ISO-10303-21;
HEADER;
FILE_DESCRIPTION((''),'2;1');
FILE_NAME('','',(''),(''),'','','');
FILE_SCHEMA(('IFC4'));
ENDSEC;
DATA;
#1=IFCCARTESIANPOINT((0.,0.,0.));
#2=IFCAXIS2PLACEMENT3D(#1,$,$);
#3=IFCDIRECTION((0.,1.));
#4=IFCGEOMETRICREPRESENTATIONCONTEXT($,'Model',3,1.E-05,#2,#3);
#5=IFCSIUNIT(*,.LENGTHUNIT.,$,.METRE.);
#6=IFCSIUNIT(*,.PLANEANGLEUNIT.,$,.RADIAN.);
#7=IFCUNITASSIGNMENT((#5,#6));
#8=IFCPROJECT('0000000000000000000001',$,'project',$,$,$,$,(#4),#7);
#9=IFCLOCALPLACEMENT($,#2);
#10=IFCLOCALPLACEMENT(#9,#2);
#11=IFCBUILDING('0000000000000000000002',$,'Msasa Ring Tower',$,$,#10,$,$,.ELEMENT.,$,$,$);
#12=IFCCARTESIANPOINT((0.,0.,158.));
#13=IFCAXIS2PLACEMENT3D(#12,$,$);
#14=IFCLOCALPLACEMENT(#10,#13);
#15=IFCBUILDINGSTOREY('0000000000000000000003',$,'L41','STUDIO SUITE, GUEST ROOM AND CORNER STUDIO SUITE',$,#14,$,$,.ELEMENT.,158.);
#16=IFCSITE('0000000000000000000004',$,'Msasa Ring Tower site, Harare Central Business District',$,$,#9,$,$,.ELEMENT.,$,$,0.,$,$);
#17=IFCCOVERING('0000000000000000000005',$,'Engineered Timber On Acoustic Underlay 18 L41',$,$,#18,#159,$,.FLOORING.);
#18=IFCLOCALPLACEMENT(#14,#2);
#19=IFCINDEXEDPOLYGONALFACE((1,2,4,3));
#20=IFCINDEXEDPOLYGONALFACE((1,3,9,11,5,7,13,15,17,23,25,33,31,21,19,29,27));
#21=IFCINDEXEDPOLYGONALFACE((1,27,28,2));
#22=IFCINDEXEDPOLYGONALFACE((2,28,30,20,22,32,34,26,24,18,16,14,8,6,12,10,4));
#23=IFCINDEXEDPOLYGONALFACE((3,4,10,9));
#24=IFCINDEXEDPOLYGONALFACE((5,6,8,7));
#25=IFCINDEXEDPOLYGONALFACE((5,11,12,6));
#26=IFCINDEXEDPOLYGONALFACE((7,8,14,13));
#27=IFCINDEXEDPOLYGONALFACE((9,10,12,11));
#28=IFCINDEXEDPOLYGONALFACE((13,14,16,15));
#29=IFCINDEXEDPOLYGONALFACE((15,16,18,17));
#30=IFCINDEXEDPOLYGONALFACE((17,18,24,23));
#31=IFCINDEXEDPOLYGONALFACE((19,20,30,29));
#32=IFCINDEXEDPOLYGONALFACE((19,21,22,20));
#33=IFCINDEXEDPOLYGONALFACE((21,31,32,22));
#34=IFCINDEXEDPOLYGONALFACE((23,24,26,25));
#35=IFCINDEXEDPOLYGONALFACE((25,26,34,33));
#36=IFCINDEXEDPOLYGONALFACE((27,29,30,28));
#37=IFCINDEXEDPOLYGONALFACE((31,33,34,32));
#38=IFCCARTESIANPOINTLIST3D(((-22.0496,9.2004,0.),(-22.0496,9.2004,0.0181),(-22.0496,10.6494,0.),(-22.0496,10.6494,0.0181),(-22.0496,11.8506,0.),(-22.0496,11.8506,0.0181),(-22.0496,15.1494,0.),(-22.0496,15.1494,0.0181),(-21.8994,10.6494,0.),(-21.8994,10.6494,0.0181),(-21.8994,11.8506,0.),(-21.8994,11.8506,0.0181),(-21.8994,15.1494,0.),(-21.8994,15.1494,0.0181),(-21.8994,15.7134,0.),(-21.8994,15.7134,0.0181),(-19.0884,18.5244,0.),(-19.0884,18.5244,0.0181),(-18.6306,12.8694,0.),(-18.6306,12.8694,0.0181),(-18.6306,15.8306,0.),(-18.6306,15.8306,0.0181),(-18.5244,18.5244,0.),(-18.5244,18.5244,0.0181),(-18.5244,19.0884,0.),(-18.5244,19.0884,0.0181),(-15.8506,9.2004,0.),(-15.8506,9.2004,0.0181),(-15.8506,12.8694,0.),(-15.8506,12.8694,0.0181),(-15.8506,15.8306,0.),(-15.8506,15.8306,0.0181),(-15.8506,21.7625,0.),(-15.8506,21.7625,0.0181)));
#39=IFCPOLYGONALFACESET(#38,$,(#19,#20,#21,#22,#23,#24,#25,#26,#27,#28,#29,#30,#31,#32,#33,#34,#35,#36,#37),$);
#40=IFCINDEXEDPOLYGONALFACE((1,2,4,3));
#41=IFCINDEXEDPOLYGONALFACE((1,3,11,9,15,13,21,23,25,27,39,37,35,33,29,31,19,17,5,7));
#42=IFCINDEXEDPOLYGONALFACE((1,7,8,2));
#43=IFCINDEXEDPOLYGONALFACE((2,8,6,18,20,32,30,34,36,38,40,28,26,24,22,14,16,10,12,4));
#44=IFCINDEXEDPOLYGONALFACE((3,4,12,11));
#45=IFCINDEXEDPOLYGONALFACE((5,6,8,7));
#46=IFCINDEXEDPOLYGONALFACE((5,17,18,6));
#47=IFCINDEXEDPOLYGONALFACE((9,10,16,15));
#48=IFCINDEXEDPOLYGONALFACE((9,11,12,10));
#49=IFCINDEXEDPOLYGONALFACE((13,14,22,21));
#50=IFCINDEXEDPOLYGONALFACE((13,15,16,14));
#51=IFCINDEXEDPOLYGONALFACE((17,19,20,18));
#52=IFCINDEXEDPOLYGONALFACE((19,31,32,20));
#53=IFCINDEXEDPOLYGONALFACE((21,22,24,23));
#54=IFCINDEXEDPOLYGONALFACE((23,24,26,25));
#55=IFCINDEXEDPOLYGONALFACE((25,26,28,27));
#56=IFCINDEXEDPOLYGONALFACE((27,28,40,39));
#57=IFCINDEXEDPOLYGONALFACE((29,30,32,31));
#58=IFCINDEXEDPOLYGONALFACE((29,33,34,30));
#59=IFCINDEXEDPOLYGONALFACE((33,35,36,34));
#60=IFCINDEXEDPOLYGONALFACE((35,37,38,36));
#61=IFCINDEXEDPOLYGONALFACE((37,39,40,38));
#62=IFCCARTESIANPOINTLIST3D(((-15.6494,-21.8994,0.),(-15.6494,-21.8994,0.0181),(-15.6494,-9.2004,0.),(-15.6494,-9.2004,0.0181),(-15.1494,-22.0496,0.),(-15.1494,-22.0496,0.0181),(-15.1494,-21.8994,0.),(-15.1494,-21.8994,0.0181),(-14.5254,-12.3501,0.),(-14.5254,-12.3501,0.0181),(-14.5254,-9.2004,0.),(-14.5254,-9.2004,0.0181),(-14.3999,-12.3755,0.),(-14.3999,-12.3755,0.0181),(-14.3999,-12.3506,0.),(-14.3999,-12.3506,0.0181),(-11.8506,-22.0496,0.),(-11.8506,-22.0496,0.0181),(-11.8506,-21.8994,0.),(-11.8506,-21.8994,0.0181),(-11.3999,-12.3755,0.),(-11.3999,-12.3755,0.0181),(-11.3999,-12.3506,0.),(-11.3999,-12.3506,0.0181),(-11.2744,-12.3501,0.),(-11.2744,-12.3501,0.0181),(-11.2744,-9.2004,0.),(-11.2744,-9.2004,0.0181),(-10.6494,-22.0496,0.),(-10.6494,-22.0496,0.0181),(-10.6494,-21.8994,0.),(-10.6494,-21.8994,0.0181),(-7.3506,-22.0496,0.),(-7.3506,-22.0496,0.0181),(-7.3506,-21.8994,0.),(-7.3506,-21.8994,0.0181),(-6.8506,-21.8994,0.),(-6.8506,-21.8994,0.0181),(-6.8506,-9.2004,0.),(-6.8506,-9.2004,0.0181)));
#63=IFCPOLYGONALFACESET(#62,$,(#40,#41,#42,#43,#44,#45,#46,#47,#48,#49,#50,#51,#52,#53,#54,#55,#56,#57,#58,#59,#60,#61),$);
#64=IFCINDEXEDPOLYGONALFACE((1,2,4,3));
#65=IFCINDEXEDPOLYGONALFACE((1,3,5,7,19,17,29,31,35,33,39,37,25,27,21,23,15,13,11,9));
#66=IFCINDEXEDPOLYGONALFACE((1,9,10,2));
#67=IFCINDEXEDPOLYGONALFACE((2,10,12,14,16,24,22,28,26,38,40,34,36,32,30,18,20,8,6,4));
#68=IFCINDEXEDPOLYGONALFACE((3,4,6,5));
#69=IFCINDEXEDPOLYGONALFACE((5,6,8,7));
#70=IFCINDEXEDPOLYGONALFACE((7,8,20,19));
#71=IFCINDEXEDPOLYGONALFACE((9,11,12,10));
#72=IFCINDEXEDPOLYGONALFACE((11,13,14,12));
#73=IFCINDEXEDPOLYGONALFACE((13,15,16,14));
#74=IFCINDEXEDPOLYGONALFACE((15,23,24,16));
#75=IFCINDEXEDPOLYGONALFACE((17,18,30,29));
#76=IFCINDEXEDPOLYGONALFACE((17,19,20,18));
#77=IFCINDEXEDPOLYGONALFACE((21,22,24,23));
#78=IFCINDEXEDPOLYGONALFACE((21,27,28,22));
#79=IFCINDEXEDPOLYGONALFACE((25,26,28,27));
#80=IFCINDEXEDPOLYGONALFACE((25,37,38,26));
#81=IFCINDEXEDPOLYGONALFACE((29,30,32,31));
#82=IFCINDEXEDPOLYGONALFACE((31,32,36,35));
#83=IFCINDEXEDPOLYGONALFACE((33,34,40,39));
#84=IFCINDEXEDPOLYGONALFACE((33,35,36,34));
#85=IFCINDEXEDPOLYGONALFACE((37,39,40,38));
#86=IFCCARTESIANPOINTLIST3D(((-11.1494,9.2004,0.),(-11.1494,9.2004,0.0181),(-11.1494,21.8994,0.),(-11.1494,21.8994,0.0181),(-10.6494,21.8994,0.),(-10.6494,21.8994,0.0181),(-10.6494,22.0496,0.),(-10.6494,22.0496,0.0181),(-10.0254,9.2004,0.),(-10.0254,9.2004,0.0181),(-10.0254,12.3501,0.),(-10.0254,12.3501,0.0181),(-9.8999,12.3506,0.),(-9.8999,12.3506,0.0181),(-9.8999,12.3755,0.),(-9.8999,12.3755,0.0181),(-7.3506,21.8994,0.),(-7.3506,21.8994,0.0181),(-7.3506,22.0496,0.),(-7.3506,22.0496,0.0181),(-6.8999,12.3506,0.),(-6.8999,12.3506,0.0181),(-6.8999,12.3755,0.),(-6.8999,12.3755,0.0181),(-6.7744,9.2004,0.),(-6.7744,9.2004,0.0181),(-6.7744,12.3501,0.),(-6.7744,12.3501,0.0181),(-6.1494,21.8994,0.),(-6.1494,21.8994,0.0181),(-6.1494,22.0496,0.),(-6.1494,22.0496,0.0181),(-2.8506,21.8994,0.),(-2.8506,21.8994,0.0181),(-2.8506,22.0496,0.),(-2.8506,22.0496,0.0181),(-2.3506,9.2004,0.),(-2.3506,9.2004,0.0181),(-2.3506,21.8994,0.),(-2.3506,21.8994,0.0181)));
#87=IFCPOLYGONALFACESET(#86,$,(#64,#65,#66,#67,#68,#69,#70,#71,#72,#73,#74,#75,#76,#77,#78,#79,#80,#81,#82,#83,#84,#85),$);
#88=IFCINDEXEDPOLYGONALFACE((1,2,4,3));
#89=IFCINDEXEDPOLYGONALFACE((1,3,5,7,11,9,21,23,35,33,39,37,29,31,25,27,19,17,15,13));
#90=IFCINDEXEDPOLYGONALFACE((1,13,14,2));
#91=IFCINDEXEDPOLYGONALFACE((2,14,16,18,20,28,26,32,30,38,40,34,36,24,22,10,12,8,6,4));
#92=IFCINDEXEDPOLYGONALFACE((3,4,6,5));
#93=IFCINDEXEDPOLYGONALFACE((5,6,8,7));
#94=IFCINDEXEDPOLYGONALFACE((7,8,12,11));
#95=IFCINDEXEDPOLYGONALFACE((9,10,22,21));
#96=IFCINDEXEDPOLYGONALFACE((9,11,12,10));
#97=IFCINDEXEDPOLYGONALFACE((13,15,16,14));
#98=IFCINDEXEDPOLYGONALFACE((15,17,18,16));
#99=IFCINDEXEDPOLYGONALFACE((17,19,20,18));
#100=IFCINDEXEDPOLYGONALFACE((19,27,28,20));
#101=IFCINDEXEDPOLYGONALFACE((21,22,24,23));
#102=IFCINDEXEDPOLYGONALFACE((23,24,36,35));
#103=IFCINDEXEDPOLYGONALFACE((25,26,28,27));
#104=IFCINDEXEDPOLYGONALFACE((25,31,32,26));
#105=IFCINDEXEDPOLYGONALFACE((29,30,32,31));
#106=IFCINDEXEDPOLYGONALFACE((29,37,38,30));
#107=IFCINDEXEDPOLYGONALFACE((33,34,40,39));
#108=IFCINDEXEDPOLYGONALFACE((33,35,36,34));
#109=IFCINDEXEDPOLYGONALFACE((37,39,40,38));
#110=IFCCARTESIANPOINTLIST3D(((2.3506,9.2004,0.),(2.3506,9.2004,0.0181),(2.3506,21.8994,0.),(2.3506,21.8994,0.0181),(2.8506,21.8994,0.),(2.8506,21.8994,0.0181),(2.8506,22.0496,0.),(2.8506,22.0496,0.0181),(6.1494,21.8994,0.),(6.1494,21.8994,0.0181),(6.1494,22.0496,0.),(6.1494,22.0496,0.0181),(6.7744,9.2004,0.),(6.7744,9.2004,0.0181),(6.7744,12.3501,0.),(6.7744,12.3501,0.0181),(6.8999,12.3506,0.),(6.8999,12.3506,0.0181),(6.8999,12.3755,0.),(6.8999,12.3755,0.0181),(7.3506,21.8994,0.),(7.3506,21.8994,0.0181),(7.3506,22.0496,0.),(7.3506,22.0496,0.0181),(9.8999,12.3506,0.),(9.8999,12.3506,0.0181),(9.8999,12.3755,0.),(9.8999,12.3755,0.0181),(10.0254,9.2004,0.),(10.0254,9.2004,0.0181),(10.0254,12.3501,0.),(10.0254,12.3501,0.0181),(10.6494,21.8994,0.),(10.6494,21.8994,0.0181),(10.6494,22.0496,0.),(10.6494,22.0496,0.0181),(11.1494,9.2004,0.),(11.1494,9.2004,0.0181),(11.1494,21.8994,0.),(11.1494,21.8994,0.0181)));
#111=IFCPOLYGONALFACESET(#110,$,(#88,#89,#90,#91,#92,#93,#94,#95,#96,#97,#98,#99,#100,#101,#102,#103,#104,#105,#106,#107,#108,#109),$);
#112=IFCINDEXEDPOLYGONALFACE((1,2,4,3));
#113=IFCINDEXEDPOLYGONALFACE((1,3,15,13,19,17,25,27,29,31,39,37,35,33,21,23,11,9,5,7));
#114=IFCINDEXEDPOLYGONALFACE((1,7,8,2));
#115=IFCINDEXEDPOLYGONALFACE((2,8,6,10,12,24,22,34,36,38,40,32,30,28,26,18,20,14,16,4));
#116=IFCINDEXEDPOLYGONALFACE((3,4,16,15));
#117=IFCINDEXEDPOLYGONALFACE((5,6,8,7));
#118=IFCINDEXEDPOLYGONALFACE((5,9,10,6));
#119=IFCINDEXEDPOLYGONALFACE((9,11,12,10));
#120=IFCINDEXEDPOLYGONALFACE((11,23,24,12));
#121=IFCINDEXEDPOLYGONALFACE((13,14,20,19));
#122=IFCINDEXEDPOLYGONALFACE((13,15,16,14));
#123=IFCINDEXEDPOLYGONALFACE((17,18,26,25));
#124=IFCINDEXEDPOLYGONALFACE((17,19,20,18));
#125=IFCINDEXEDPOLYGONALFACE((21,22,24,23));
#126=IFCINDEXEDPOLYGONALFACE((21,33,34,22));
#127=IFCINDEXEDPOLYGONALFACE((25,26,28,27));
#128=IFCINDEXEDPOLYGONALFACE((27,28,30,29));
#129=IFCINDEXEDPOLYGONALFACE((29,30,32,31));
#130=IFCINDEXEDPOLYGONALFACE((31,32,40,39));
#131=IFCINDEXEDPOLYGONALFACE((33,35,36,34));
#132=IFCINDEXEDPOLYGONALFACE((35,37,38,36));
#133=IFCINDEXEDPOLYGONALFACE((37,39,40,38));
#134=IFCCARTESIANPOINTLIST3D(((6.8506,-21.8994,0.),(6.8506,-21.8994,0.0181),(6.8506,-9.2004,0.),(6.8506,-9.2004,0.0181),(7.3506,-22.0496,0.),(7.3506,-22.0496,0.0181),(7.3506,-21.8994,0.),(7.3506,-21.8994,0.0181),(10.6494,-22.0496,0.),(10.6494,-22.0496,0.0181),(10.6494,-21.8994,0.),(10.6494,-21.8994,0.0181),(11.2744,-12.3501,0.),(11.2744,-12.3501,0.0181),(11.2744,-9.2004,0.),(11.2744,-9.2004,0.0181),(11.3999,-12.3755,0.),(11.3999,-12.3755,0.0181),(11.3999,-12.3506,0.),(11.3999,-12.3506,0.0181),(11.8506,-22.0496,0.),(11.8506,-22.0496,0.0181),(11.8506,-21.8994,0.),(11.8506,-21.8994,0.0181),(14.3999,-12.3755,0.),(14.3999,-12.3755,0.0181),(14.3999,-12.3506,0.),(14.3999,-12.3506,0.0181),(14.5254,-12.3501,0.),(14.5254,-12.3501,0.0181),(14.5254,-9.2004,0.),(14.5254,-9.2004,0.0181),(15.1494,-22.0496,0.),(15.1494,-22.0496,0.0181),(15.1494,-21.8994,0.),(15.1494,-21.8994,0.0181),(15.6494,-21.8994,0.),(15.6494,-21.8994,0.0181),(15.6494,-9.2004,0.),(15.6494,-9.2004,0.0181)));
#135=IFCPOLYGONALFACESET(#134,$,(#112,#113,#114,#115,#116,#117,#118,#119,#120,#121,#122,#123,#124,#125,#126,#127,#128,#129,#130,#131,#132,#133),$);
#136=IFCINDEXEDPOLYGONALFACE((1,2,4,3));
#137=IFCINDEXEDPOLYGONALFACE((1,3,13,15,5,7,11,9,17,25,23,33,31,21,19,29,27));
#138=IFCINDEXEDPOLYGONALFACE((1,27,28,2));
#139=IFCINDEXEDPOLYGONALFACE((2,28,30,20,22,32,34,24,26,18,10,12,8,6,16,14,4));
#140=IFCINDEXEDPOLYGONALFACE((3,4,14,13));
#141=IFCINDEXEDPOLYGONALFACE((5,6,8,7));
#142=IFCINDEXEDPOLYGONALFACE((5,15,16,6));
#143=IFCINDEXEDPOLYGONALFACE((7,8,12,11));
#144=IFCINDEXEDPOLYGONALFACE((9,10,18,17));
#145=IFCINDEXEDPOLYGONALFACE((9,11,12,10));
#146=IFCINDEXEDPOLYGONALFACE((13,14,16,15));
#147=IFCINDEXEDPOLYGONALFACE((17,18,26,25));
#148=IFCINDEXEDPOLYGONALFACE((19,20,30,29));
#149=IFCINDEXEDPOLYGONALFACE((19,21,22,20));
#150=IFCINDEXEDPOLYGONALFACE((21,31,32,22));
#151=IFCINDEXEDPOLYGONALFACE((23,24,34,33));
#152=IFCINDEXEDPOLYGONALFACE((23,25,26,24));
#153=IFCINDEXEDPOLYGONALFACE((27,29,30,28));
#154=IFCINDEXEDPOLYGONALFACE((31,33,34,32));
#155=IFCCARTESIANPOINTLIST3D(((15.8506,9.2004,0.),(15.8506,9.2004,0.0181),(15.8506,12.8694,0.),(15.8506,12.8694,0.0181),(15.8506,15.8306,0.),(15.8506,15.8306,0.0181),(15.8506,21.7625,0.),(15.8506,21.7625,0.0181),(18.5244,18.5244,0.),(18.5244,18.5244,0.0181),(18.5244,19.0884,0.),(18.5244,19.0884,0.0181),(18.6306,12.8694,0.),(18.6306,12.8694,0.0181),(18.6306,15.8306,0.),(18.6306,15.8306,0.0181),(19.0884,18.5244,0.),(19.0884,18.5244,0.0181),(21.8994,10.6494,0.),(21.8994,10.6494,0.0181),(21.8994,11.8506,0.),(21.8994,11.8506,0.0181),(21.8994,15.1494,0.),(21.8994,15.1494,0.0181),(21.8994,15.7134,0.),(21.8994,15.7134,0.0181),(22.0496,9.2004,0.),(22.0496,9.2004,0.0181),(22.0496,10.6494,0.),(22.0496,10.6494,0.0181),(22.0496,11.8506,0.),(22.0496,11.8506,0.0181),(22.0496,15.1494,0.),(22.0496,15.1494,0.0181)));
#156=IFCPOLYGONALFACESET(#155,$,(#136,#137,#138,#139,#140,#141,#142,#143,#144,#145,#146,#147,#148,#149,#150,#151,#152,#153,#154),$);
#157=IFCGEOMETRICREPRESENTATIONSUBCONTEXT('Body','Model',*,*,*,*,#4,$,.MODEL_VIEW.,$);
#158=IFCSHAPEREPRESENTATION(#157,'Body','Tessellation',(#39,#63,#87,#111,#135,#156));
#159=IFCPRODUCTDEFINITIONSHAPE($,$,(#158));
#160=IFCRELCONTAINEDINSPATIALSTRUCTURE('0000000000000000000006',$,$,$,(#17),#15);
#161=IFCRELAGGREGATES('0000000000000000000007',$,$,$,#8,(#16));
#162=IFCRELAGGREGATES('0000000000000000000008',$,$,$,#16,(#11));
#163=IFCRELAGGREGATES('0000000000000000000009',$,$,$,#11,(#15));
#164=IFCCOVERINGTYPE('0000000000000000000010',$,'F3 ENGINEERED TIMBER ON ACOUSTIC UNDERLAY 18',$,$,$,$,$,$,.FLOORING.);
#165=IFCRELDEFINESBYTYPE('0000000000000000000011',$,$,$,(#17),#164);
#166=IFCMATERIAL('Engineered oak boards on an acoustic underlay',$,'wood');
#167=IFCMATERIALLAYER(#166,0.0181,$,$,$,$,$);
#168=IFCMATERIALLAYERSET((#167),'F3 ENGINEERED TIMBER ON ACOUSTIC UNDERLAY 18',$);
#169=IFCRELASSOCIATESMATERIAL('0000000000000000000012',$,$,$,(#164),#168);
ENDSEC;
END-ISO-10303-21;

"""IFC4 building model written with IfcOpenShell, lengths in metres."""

from ifc_helpers import new_model, si_unit, direction, frame, origin, place, context, subcontext, project, spatial, line, indexed_curve, outline, extrude, material, layer, layer_set, type_object, element, save


model = new_model("IFC4")

# Units and contexts
model_context = context("Model", 3, precision=1e-05, world=origin(), true_north=direction((0.0, 1.0)))
body_context = subcontext(model_context, "Body", "Model", "MODEL_VIEW")
ifc_project = project(units=[si_unit("LENGTHUNIT", "METRE"), si_unit("PLANEANGLEUNIT", "RADIAN")], contexts=[model_context])

# Site, building, storey
site_placement = place(None, origin())
site = spatial("IfcSite", under=ifc_project, at=site_placement, Name="Msasa Ring Tower site, Harare Central Business District", CompositionType="ELEMENT", RefElevation=0.0)
building_placement = place(site_placement, origin())
building = spatial("IfcBuilding", under=site, at=building_placement, Name="Msasa Ring Tower", CompositionType="ELEMENT")
storey_placement = place(building_placement, frame((0.0, 0.0, 158.0)))
storey = spatial("IfcBuildingStorey", under=building, at=storey_placement, Name="L41", Description="STUDIO SUITE, GUEST ROOM AND CORNER STUDIO SUITE", CompositionType="ELEMENT", Elevation=158.0)

# Covering
ifc_material_1 = material(Name="Engineered oak boards on an acoustic underlay", Category="wood")
ifc_layer_1 = layer(ifc_material_1, 0.0181)
ifc_layer_set_1 = layer_set([ifc_layer_1], Name="F3 ENGINEERED TIMBER ON ACOUSTIC UNDERLAY 18")
covering_type_1 = type_object("IfcCoveringType", Name="F3 ENGINEERED TIMBER ON ACOUSTIC UNDERLAY 18", PredefinedType="FLOORING", material=ifc_layer_set_1)
covering_1_placement = place(storey_placement, origin())
element("IfcCovering", 1, at=covering_1_placement, inside=storey, type_object=covering_type_1, Name="Engineered Timber On Acoustic Underlay 18 L41", PredefinedType="FLOORING", context=body_context, shape_type="SweptSolid", body=[
    extrude(outline(indexed_curve([(-18.6306, 12.8694), (-15.8506, 12.8694), (-15.8506, 9.2004), (-22.0496, 9.2004), (-22.0496, 10.6494), (-21.8994, 10.6494), (-21.8994, 11.8506), (-22.0496, 11.8506), (-22.0496, 15.1494), (-21.8994, 15.1494), (-21.8994, 15.7134), (-19.0884, 18.5244), (-18.5244, 18.5244), (-18.5244, 19.0884), (-15.8506, 21.7625), (-15.8506, 15.8306), (-18.6306, 15.8306)], segments=[line(1, 2, 3, 4, 5, 6, 7, 8, 9, 10, 11, 12, 13, 14, 15, 16, 17, 1)], self_intersect=False)), origin(), (0.0, 0.0, 1.0), 0.0181),
    extrude(outline(indexed_curve([(-14.5254, -9.2004), (-14.5254, -12.3501), (-14.3999, -12.3506), (-14.3999, -12.3755), (-11.3999, -12.3755), (-11.3999, -12.3506), (-11.2744, -12.3501), (-11.2744, -9.2004), (-6.8506, -9.2004), (-6.8506, -21.8994), (-7.3506, -21.8994), (-7.3506, -22.0496), (-10.6494, -22.0496), (-10.6494, -21.8994), (-11.8506, -21.8994), (-11.8506, -22.0496), (-15.1494, -22.0496), (-15.1494, -21.8994), (-15.6494, -21.8994), (-15.6494, -9.2004)], segments=[line(1, 2, 3, 4, 5, 6, 7, 8, 9, 10, 11, 12, 13, 14, 15, 16, 17, 18, 19, 20, 1)], self_intersect=False)), origin(), (0.0, 0.0, 1.0), 0.0181),
    extrude(outline(indexed_curve([(-6.8999, 12.3506), (-6.8999, 12.3755), (-9.8999, 12.3755), (-9.8999, 12.3506), (-10.0254, 12.3501), (-10.0254, 9.2004), (-11.1494, 9.2004), (-11.1494, 21.8994), (-10.6494, 21.8994), (-10.6494, 22.0496), (-7.3506, 22.0496), (-7.3506, 21.8994), (-6.1494, 21.8994), (-6.1494, 22.0496), (-2.8506, 22.0496), (-2.8506, 21.8994), (-2.3506, 21.8994), (-2.3506, 9.2004), (-6.7744, 9.2004), (-6.7744, 12.3501)], segments=[line(1, 2, 3, 4, 5, 6, 7, 8, 9, 10, 11, 12, 13, 14, 15, 16, 17, 18, 19, 20, 1)], self_intersect=False)), origin(), (0.0, 0.0, 1.0), 0.0181),
    extrude(outline(indexed_curve([(9.8999, 12.3506), (9.8999, 12.3755), (6.8999, 12.3755), (6.8999, 12.3506), (6.7744, 12.3501), (6.7744, 9.2004), (2.3506, 9.2004), (2.3506, 21.8994), (2.8506, 21.8994), (2.8506, 22.0496), (6.1494, 22.0496), (6.1494, 21.8994), (7.3506, 21.8994), (7.3506, 22.0496), (10.6494, 22.0496), (10.6494, 21.8994), (11.1494, 21.8994), (11.1494, 9.2004), (10.0254, 9.2004), (10.0254, 12.3501)], segments=[line(1, 2, 3, 4, 5, 6, 7, 8, 9, 10, 11, 12, 13, 14, 15, 16, 17, 18, 19, 20, 1)], self_intersect=False)), origin(), (0.0, 0.0, 1.0), 0.0181),
    extrude(outline(indexed_curve([(11.2744, -12.3501), (11.3999, -12.3506), (11.3999, -12.3755), (14.3999, -12.3755), (14.3999, -12.3506), (14.5254, -12.3501), (14.5254, -9.2004), (15.6494, -9.2004), (15.6494, -21.8994), (15.1494, -21.8994), (15.1494, -22.0496), (11.8506, -22.0496), (11.8506, -21.8994), (10.6494, -21.8994), (10.6494, -22.0496), (7.3506, -22.0496), (7.3506, -21.8994), (6.8506, -21.8994), (6.8506, -9.2004), (11.2744, -9.2004)], segments=[line(1, 2, 3, 4, 5, 6, 7, 8, 9, 10, 11, 12, 13, 14, 15, 16, 17, 18, 19, 20, 1)], self_intersect=False)), origin(), (0.0, 0.0, 1.0), 0.0181),
    extrude(outline(indexed_curve([(15.8506, 15.8306), (15.8506, 21.7625), (18.5244, 19.0884), (18.5244, 18.5244), (19.0884, 18.5244), (21.8994, 15.7134), (21.8994, 15.1494), (22.0496, 15.1494), (22.0496, 11.8506), (21.8994, 11.8506), (21.8994, 10.6494), (22.0496, 10.6494), (22.0496, 9.2004), (15.8506, 9.2004), (15.8506, 12.8694), (18.6306, 12.8694), (18.6306, 15.8306)], segments=[line(1, 2, 3, 4, 5, 6, 7, 8, 9, 10, 11, 12, 13, 14, 15, 16, 17, 1)], self_intersect=False)), origin(), (0.0, 0.0, 1.0), 0.0181),
])

save(model, "model.ifc")
